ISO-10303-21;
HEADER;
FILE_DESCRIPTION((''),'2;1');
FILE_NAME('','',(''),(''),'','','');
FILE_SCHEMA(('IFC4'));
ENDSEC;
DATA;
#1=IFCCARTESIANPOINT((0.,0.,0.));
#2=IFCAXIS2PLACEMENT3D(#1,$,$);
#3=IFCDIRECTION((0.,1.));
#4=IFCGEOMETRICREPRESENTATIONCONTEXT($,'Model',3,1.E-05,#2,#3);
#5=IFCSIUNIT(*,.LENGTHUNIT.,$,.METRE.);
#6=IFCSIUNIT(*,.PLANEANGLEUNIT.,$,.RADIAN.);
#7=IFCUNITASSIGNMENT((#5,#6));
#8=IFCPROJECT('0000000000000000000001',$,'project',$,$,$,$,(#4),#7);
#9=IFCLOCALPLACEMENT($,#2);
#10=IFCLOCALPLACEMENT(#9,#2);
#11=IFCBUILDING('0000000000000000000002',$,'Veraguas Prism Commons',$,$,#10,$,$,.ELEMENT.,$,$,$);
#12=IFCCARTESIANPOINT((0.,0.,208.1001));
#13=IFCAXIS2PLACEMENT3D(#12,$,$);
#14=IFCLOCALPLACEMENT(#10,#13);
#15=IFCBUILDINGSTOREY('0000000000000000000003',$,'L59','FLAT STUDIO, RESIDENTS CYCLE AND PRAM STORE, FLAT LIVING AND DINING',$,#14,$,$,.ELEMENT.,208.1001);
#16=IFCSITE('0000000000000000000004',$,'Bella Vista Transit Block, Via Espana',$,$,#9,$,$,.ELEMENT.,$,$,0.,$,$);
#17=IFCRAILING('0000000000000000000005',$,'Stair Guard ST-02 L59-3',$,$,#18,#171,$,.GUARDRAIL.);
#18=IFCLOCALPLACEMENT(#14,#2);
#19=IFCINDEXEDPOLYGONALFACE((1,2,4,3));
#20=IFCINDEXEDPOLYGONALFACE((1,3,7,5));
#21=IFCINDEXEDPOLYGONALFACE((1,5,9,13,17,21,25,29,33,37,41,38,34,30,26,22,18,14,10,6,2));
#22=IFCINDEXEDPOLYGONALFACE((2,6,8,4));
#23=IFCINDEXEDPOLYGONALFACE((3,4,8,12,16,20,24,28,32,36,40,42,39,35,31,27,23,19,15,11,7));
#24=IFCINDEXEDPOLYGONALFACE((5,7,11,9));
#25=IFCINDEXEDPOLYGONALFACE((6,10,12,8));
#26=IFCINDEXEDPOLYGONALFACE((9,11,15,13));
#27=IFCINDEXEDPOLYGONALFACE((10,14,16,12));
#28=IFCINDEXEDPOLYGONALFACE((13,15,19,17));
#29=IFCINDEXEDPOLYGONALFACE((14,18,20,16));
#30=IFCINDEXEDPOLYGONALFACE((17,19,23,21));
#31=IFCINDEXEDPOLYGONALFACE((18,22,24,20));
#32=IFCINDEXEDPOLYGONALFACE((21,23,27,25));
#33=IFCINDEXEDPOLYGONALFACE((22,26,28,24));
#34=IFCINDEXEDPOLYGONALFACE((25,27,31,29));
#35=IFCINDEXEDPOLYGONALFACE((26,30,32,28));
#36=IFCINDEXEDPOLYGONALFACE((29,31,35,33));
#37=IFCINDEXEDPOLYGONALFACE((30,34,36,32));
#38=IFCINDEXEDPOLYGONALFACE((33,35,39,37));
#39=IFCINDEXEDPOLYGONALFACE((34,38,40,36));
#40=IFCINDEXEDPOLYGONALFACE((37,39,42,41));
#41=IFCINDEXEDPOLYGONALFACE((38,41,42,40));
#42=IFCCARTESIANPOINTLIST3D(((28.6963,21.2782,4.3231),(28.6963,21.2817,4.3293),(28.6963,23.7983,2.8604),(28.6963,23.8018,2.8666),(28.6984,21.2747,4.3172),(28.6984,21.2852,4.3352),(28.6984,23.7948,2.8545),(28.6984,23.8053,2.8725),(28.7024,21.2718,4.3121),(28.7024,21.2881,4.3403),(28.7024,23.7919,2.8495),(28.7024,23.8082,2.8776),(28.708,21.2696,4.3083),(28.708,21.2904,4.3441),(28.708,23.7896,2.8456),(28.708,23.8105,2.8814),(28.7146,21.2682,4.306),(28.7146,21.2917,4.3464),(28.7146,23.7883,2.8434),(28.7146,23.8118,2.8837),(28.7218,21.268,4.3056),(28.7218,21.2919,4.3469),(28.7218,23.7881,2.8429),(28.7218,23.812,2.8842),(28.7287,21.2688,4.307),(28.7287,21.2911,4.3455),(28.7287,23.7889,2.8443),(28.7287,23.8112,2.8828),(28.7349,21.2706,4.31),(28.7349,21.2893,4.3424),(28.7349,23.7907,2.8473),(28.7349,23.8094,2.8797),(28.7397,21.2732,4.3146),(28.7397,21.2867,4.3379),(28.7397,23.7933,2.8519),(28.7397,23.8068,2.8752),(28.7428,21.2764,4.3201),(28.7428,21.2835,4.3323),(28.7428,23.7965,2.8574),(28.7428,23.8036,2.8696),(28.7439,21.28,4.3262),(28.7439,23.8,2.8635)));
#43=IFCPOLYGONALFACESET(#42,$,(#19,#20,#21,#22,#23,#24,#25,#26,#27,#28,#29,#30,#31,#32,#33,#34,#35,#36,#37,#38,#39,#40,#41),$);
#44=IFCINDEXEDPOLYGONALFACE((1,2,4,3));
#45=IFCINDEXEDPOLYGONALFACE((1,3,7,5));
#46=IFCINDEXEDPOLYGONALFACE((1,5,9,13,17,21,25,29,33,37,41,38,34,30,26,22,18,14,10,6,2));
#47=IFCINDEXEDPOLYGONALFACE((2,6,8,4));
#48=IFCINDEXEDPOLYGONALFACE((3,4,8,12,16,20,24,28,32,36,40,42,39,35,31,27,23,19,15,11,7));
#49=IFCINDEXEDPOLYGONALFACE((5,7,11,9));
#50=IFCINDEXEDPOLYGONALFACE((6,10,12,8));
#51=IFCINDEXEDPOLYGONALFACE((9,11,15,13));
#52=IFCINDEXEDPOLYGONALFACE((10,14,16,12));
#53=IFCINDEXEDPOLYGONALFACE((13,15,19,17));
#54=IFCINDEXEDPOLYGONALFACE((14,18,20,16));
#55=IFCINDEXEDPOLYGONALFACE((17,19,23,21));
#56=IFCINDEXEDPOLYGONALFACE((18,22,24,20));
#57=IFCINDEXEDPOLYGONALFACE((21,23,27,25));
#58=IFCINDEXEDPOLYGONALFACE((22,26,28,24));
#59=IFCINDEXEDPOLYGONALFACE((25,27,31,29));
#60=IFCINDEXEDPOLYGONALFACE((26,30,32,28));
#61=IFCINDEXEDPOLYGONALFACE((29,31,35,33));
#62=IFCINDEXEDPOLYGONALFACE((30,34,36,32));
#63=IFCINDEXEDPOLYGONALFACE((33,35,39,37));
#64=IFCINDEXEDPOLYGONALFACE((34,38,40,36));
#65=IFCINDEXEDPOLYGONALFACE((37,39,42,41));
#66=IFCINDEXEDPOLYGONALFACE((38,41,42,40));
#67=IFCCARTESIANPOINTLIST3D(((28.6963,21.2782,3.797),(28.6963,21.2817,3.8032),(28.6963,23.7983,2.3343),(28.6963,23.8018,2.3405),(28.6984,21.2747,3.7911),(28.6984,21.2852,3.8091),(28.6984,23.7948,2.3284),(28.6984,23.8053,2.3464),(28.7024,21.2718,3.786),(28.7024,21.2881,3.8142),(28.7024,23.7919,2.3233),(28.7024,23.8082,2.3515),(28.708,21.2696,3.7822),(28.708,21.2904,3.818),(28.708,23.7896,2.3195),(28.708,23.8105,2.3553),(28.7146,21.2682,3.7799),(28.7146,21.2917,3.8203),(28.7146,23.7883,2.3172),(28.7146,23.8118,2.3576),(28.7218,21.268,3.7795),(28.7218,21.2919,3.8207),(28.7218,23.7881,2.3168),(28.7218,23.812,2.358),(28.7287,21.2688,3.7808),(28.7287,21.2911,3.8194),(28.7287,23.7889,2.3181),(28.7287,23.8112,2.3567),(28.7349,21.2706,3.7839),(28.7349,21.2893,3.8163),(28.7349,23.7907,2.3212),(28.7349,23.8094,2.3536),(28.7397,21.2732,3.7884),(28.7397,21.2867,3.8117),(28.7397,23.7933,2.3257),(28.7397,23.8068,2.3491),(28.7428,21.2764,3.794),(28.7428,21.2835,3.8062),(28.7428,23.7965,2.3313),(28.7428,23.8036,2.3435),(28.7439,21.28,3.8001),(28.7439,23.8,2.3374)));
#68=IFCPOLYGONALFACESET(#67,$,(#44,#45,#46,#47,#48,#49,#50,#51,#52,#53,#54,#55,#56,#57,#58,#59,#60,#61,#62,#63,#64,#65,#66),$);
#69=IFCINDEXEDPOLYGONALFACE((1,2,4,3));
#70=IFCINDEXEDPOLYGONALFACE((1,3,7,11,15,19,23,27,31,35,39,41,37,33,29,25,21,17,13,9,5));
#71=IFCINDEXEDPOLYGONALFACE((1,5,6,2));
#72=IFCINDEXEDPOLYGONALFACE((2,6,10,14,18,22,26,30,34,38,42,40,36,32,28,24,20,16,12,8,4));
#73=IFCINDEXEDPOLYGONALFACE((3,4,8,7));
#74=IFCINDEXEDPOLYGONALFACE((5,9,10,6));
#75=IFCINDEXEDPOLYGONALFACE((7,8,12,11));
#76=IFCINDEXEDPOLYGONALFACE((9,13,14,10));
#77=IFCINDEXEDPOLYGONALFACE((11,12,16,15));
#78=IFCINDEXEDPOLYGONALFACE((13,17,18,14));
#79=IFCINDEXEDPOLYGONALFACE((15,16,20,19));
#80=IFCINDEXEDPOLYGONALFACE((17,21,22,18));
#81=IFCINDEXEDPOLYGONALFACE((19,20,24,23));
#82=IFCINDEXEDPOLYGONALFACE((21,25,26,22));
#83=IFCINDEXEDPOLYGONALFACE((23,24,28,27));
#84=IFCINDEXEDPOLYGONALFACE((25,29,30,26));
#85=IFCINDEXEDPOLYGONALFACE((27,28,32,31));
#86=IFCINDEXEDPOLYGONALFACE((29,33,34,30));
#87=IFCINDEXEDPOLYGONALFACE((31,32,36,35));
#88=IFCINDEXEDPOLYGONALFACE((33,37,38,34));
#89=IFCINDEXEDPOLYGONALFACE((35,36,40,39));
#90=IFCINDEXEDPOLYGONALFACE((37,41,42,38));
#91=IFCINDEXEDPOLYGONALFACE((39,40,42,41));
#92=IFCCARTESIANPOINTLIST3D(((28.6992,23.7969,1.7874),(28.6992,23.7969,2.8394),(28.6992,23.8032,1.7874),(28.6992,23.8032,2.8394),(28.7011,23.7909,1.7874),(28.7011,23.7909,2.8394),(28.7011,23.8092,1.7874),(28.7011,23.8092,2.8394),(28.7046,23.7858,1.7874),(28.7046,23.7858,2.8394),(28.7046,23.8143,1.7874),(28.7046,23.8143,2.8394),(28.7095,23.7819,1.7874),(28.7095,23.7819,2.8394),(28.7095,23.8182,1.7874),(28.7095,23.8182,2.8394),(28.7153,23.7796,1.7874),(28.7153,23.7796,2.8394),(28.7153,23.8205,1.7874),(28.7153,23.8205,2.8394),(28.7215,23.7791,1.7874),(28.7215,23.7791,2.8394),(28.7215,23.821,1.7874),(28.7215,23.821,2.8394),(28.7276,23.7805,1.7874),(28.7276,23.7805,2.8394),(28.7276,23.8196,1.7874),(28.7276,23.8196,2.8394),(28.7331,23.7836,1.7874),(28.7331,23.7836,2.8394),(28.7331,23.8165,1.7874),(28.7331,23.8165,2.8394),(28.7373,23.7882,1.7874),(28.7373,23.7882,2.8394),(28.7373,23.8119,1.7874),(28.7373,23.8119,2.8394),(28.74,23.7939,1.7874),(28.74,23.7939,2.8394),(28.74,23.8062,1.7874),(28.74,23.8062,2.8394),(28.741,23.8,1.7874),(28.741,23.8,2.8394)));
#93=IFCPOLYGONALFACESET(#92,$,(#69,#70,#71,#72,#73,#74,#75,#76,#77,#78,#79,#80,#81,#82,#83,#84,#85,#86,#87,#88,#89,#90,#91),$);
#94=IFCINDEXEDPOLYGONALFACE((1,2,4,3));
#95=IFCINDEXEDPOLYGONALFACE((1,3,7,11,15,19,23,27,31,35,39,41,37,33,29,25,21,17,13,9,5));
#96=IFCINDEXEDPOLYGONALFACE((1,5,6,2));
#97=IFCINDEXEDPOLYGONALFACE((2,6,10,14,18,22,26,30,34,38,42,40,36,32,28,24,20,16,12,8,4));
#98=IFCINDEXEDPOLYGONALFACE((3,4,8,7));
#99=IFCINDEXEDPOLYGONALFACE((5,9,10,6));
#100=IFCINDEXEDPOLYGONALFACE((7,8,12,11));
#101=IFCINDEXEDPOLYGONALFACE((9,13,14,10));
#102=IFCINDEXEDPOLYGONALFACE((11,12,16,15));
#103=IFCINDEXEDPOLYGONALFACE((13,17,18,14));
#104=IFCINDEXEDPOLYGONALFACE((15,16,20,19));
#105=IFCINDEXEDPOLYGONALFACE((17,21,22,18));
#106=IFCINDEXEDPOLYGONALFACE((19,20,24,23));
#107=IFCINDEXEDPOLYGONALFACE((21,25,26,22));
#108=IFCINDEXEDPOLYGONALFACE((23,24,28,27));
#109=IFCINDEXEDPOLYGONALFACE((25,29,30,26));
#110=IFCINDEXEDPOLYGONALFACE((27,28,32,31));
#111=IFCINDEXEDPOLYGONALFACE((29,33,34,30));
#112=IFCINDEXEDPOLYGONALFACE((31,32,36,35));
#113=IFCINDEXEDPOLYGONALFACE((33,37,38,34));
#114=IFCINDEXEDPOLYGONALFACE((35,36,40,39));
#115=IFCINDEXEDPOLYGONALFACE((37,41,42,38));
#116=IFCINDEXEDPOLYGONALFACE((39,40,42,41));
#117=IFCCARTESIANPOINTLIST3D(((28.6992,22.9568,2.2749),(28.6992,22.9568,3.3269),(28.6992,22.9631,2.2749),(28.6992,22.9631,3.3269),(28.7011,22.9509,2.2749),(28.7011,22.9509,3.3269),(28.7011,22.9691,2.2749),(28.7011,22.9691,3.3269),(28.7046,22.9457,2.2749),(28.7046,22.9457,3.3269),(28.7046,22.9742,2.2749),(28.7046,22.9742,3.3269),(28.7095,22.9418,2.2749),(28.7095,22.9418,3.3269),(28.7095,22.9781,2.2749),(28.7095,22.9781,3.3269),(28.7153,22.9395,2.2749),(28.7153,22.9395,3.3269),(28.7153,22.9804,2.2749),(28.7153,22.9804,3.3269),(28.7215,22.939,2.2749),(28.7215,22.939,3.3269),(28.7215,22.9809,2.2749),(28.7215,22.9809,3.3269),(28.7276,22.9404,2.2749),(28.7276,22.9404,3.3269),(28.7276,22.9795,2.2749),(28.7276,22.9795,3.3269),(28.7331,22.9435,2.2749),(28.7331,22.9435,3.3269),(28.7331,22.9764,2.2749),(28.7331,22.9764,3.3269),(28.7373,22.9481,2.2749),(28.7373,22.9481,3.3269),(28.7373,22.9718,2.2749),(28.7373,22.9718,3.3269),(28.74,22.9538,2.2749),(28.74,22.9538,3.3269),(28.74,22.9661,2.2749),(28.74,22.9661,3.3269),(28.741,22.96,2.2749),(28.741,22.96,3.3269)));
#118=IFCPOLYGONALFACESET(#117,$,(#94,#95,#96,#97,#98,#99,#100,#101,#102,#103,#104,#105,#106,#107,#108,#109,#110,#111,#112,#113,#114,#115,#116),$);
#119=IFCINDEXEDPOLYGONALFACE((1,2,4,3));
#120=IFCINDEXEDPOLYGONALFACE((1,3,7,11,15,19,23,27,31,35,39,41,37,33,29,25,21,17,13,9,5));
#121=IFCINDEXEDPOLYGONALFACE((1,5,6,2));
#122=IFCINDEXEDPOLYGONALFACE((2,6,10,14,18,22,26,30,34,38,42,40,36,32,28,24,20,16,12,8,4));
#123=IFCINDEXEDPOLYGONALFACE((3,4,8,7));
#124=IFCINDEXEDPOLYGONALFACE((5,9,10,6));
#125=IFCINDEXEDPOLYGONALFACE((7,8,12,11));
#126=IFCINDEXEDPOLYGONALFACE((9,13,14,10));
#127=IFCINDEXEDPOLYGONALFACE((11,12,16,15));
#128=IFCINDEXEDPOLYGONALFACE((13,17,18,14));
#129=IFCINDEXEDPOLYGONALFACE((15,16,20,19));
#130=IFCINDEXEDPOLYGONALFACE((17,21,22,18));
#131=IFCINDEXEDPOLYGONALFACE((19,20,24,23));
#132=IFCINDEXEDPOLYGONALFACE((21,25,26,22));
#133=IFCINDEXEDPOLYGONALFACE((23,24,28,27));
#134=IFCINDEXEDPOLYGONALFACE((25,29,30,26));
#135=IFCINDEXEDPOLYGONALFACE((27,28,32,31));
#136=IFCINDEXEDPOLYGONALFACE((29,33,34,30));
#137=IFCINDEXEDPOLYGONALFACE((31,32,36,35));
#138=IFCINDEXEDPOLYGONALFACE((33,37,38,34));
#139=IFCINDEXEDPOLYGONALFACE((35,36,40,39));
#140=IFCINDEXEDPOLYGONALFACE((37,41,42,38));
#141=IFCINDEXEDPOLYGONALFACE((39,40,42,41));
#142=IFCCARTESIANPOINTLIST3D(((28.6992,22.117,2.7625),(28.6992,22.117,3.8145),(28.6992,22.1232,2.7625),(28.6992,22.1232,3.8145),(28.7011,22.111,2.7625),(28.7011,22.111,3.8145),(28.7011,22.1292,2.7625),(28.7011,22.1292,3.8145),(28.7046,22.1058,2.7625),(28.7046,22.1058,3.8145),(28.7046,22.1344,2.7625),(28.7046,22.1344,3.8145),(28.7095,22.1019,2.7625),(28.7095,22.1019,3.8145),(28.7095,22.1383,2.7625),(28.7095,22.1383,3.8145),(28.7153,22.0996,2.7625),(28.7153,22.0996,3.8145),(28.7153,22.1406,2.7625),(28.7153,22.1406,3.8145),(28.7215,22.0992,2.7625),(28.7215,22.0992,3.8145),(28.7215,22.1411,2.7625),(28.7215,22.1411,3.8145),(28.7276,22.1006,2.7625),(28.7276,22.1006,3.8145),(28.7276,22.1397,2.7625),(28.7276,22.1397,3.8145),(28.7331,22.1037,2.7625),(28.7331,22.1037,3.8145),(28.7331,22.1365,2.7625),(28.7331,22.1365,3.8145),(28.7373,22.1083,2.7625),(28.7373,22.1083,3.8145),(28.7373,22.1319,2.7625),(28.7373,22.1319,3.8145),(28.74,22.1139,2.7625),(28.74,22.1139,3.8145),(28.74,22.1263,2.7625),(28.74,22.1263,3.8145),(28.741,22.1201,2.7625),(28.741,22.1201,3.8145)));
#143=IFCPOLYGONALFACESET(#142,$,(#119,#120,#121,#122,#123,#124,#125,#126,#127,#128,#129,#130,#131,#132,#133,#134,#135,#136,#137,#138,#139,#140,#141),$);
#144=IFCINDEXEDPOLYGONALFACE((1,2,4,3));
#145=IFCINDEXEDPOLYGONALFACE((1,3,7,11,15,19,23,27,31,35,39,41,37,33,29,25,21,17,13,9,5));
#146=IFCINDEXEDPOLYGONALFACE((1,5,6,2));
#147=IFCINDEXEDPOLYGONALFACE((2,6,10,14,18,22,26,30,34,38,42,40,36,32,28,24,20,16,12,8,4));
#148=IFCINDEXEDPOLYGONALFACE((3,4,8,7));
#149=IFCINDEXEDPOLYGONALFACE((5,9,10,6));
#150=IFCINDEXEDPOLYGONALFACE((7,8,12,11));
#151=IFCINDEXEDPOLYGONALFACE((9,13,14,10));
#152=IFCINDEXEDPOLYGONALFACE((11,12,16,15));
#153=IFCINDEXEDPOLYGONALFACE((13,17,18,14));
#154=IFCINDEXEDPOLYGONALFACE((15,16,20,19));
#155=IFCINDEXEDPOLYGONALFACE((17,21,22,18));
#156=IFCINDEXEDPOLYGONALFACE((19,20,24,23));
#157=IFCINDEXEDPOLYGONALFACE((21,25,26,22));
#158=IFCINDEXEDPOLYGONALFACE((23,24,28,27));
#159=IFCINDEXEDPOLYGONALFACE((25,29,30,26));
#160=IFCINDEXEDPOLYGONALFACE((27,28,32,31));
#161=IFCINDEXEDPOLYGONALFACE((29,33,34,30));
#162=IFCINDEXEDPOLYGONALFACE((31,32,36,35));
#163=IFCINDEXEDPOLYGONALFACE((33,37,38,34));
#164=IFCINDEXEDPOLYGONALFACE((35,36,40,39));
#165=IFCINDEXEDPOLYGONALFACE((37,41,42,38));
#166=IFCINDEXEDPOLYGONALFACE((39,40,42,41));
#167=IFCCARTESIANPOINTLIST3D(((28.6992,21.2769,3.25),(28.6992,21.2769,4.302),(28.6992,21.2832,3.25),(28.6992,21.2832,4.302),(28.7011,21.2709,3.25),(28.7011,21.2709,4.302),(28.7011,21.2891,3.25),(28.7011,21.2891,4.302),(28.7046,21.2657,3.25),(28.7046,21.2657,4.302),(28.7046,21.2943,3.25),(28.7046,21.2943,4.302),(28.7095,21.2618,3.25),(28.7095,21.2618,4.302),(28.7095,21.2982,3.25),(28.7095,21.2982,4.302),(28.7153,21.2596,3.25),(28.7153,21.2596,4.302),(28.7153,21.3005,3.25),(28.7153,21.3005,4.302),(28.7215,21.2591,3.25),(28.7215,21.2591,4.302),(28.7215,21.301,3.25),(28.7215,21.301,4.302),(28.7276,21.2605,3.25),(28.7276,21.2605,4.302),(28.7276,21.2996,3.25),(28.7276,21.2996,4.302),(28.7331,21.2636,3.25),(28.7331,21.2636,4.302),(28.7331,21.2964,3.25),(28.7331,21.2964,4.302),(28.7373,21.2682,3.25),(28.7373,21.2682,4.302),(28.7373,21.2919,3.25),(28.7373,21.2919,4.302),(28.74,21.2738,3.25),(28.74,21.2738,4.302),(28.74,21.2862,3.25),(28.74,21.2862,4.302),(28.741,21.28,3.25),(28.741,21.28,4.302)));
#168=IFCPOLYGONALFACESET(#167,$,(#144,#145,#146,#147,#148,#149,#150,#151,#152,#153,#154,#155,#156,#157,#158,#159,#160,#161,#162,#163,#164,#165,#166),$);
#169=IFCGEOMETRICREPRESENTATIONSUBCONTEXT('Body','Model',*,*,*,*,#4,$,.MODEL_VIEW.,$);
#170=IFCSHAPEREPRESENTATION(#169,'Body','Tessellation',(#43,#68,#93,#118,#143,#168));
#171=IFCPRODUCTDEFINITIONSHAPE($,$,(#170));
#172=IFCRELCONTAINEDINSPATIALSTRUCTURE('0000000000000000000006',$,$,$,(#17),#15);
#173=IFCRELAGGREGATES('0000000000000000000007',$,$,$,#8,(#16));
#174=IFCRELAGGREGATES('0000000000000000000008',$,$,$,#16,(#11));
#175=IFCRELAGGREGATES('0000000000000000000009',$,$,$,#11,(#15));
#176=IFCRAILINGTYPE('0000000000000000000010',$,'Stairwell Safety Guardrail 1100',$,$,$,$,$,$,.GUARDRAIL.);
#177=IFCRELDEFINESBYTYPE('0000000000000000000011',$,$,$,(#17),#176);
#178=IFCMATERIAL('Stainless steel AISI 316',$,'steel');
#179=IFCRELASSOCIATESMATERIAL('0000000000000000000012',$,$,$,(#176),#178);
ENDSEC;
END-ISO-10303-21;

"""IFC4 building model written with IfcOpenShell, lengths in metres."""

from ifc_helpers import new_model, si_unit, direction, frame, origin, origin_2d, place, context, subcontext, project, spatial, circle, extrude, material, type_object, element, save


model = new_model("IFC4")

# Units and contexts
model_context = context("Model", 3, precision=1e-05, world=origin(), true_north=direction((0.0, 1.0)))
body_context = subcontext(model_context, "Body", "Model", "MODEL_VIEW")
ifc_project = project(units=[si_unit("LENGTHUNIT", "METRE"), si_unit("PLANEANGLEUNIT", "RADIAN")], contexts=[model_context])

# Site, building, storey
site_placement = place(None, origin())
site = spatial("IfcSite", under=ifc_project, at=site_placement, Name="Bella Vista Transit Block, Via Espana", CompositionType="ELEMENT", RefElevation=0.0)
building_placement = place(site_placement, origin())
building = spatial("IfcBuilding", under=site, at=building_placement, Name="Veraguas Prism Commons", CompositionType="ELEMENT")
storey_placement = place(building_placement, frame((0.0, 0.0, 208.1001)))
storey = spatial("IfcBuildingStorey", under=building, at=storey_placement, Name="L59", Description="FLAT STUDIO, RESIDENTS CYCLE AND PRAM STORE, FLAT LIVING AND DINING", CompositionType="ELEMENT", Elevation=208.1001)

# Railing
ifc_material_1 = material(Name="Stainless steel AISI 316", Category="steel")
railing_type_1 = type_object("IfcRailingType", Name="Stairwell Safety Guardrail 1100", PredefinedType="GUARDRAIL", material=ifc_material_1)
railing_1_placement = place(storey_placement, frame((28.72, 23.8, 1.7874)))
element("IfcRailing", 1, at=railing_1_placement, inside=storey, type_object=railing_type_1, Name="Stair Guard ST-02 L59-3", PredefinedType="GUARDRAIL", context=body_context, shape_type="SweptSolid", body=[
    extrude(circle(Radius=0.0239, at=origin_2d()), frame((0.0, 0.0, 1.0762), z_axis=(0.0, -0.864877, 0.501984), x_axis=(1.0, 0.0, 0.0)), (0.0, 0.0, 1.0), 2.9138),
    extrude(circle(Radius=0.0239, at=origin_2d()), frame((0.0, 0.0, 0.55), z_axis=(0.0, -0.864877, 0.501984), x_axis=(1.0, 0.0, 0.0)), (0.0, 0.0, 1.0), 2.9138),
    extrude(circle(Radius=0.021, at=origin_2d()), origin(), (0.0, 0.0, 1.0), 1.052),
    extrude(circle(Radius=0.021, at=origin_2d()), frame((0.0, -0.8401, 0.4875)), (0.0, 0.0, 1.0), 1.052),
    extrude(circle(Radius=0.021, at=origin_2d()), frame((0.0, -1.6799, 0.9751)), (0.0, 0.0, 1.0), 1.052),
    extrude(circle(Radius=0.021, at=origin_2d()), frame((0.0, -2.52, 1.4626)), (0.0, 0.0, 1.0), 1.052),
])

save(model, "model.ifc")
